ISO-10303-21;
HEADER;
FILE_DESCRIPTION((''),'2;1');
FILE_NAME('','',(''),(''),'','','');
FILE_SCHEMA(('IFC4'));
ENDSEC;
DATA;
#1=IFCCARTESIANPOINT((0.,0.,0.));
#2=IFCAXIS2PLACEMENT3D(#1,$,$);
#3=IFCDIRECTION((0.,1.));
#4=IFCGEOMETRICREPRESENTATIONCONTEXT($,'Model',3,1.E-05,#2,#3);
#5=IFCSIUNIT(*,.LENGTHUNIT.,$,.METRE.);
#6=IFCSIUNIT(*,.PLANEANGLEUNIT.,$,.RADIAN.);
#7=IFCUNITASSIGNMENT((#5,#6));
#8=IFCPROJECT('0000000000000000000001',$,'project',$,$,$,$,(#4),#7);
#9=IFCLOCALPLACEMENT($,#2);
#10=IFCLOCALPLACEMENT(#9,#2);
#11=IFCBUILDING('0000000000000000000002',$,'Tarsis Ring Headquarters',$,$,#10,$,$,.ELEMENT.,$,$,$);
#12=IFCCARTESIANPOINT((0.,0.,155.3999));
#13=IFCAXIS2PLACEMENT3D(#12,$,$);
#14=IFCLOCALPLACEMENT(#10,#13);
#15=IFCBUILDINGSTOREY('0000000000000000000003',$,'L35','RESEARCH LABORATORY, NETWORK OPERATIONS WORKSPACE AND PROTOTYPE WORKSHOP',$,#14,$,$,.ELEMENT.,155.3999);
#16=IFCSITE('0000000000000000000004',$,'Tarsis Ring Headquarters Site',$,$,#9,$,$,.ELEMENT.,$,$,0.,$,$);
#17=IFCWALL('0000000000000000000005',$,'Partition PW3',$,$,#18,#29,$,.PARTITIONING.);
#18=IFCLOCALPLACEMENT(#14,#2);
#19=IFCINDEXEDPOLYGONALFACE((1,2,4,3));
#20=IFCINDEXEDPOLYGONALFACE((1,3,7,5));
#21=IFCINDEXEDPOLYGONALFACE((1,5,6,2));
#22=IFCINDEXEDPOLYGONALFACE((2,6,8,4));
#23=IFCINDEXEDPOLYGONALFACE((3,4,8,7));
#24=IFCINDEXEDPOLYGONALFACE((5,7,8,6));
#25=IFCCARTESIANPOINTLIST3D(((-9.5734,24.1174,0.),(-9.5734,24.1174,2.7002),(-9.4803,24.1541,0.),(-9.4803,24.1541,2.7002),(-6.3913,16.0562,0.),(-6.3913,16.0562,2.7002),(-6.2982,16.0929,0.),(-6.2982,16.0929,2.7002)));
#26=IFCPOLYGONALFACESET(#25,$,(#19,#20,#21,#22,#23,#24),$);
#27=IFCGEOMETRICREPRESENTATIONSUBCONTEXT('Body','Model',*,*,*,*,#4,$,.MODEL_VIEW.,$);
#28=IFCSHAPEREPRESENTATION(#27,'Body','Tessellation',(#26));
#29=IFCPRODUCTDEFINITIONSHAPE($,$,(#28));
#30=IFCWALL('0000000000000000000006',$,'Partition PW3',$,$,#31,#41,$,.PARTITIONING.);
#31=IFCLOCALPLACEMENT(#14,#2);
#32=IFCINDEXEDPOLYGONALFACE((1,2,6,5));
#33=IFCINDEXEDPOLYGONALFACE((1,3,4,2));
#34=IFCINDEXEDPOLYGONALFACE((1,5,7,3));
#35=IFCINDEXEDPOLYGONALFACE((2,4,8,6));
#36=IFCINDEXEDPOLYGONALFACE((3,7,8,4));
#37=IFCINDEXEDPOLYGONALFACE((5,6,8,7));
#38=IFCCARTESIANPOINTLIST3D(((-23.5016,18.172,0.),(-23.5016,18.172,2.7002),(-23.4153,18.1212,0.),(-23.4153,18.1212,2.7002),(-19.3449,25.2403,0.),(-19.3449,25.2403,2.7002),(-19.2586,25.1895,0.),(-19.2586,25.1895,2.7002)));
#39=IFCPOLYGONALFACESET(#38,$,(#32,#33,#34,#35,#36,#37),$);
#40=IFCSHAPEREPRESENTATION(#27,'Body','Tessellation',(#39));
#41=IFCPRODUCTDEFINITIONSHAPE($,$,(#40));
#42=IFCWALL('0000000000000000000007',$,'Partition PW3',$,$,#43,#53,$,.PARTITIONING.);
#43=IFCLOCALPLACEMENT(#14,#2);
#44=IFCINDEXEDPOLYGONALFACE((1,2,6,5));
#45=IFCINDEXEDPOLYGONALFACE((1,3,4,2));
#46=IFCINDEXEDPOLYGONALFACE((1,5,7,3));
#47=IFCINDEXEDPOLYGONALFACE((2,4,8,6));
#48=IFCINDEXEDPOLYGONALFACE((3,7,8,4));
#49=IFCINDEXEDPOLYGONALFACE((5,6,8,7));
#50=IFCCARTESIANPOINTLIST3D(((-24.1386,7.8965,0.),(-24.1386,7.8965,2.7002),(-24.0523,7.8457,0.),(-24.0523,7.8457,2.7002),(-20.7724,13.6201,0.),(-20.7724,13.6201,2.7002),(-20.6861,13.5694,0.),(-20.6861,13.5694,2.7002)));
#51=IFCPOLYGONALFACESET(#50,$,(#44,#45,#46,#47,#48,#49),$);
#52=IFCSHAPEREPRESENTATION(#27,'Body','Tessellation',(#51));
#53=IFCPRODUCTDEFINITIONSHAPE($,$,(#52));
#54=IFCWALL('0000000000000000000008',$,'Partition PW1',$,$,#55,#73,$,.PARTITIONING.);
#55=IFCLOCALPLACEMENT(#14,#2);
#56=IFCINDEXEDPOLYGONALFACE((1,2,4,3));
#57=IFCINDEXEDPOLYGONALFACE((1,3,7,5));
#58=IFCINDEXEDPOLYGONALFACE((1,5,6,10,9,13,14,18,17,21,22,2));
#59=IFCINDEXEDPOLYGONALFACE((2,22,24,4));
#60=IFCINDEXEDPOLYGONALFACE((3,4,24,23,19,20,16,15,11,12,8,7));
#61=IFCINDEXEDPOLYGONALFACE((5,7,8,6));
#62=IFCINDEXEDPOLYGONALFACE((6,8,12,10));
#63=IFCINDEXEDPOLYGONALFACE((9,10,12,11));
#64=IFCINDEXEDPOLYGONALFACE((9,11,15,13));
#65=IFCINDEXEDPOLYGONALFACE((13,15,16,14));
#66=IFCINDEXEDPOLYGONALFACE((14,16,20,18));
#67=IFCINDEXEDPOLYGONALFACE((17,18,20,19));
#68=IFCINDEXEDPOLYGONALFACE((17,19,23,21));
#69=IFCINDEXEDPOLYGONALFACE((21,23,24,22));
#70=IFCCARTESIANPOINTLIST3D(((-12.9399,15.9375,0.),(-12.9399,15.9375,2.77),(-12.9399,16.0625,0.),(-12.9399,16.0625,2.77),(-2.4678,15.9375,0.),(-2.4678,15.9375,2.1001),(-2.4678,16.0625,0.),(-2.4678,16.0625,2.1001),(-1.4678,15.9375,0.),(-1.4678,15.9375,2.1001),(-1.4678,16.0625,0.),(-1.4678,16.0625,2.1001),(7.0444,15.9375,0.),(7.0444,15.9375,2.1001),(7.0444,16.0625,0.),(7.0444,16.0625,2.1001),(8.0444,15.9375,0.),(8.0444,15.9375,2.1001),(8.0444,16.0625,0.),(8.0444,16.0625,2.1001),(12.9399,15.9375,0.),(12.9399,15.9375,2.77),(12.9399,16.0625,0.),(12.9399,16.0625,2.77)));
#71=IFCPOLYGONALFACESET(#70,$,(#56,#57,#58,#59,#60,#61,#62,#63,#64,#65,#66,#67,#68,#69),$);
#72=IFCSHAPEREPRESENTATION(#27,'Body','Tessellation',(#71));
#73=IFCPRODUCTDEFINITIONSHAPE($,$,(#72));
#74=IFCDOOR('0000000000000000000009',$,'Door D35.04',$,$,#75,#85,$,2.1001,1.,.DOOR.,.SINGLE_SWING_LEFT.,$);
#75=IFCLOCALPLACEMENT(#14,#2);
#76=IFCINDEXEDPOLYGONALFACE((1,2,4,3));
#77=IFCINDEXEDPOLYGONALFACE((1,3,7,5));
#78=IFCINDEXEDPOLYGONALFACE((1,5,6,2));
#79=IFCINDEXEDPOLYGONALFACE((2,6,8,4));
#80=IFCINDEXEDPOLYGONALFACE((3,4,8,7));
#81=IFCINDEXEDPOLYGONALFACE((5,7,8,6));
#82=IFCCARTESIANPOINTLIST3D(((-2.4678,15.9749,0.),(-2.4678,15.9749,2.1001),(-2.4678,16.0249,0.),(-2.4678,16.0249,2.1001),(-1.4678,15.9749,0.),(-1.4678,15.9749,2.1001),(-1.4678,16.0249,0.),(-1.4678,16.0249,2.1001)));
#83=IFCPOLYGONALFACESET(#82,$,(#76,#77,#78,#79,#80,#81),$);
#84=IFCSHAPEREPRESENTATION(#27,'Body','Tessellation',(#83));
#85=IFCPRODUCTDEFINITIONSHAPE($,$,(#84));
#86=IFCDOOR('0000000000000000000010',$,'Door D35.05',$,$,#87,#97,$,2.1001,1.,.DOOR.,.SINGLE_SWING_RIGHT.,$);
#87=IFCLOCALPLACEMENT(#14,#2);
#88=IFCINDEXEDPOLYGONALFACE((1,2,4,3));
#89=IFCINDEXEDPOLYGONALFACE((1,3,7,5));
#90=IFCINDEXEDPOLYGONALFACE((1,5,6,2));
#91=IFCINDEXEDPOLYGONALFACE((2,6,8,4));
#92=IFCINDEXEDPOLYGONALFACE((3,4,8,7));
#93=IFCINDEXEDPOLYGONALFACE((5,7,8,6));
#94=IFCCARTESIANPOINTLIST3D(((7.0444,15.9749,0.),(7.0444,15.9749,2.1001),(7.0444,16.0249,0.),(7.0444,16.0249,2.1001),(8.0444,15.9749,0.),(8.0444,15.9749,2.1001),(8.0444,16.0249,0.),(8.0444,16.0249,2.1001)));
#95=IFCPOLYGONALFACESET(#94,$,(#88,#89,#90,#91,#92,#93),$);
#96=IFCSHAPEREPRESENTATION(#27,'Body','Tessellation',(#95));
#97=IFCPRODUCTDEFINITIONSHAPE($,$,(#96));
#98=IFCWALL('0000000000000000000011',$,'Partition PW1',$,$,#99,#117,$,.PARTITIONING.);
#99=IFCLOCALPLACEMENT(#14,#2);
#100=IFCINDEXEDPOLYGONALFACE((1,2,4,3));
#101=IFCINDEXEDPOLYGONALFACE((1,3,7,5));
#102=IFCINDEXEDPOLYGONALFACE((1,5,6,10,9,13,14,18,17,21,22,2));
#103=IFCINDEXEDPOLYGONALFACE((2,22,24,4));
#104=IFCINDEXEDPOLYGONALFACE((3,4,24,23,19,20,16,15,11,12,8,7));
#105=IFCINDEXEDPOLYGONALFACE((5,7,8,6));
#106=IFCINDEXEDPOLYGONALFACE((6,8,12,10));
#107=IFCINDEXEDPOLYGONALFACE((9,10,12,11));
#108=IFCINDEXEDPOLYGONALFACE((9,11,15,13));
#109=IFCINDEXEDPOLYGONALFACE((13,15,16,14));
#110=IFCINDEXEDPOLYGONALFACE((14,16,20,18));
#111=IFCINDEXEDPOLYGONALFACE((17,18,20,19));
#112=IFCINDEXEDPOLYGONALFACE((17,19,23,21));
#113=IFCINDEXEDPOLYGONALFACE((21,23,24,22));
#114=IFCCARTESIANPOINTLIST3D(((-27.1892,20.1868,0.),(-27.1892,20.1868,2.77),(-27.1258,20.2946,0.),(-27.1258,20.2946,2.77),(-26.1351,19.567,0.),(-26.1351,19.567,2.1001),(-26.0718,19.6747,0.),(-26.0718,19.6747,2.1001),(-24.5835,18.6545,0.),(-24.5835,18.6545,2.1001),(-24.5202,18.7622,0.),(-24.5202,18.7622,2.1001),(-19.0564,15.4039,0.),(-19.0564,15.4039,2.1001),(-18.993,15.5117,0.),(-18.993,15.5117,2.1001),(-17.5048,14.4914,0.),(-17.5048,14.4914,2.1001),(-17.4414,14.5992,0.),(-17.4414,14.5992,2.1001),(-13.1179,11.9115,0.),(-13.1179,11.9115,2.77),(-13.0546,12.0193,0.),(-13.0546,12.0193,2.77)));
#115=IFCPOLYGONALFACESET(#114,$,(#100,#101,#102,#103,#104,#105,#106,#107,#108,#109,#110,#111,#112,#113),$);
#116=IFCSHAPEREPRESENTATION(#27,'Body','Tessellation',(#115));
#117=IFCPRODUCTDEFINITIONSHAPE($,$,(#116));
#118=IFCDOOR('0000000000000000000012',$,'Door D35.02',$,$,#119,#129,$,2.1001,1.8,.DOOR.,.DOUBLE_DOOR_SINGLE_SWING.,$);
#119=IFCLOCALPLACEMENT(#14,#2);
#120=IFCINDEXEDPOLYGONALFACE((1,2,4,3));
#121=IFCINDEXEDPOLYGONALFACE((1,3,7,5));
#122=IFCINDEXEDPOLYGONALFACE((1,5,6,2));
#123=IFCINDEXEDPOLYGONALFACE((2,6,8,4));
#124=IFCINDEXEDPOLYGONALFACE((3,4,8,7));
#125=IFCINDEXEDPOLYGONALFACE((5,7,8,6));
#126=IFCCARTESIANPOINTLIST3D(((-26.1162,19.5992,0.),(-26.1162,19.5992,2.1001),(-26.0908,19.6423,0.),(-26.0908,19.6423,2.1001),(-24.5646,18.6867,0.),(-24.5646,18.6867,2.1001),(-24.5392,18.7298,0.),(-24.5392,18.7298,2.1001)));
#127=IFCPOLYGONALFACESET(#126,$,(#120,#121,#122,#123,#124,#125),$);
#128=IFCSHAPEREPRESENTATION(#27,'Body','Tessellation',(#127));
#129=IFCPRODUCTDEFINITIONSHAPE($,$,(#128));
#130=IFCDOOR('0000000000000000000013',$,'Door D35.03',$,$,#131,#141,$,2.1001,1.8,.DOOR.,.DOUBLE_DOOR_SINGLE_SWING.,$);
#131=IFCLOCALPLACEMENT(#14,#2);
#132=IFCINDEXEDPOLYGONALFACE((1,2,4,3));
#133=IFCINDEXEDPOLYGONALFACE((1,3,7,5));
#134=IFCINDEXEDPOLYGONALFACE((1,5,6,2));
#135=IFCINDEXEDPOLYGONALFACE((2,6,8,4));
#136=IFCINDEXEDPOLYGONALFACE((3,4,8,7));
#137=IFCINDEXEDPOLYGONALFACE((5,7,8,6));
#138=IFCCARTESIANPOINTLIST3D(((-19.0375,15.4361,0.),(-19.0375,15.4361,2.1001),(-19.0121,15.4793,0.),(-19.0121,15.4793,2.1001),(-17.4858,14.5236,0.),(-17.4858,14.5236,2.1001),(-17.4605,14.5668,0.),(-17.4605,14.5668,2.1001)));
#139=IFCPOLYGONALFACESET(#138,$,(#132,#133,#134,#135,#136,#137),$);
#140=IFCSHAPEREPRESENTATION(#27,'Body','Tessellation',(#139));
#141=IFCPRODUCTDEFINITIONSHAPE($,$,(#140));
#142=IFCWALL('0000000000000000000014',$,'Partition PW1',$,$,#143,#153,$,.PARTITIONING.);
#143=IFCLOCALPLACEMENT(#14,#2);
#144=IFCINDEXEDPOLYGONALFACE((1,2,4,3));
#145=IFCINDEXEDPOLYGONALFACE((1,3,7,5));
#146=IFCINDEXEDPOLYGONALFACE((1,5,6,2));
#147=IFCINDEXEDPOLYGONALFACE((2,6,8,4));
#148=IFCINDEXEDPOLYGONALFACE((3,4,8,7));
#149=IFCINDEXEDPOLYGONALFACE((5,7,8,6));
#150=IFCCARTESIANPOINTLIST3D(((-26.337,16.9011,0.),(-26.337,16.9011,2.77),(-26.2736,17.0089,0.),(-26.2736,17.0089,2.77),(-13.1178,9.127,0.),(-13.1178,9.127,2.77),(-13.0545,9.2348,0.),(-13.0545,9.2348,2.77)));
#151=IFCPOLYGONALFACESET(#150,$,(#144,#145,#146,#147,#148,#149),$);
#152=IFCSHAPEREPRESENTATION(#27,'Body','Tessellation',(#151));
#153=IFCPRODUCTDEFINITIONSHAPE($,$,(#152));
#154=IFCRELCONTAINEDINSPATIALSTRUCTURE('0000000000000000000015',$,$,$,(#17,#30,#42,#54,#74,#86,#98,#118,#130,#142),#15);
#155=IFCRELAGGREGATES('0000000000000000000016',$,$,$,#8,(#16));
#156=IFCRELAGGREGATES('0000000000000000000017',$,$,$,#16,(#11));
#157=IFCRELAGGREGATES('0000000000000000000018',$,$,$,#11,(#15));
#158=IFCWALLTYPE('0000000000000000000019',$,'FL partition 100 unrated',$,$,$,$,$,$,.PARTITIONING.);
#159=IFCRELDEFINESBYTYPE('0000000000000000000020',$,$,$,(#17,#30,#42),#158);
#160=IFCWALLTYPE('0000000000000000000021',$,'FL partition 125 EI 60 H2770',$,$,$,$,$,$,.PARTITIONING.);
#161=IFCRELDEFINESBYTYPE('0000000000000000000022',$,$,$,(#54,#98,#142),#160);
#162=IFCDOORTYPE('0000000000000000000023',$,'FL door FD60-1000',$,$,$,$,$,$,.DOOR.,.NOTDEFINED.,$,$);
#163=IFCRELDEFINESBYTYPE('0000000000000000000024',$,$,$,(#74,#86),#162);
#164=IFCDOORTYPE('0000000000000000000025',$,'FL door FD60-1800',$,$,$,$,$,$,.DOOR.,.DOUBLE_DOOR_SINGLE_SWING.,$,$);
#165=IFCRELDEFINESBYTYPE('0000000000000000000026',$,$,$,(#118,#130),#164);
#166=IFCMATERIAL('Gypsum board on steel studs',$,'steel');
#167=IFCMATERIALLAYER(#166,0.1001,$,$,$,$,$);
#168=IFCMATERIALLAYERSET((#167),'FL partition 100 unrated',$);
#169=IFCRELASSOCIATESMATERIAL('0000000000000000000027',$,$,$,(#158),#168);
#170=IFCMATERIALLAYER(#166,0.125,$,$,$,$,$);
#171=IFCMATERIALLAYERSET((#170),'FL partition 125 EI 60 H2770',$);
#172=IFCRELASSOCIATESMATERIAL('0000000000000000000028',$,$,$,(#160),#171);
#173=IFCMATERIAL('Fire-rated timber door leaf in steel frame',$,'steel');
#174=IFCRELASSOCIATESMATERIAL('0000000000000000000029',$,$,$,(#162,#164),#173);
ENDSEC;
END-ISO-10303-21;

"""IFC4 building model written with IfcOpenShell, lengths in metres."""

from ifc_helpers import new_model, si_unit, direction, frame, frame_2d, origin, place, context, subcontext, project, spatial, rectangle, extrude, material, layer, layer_set, type_object, element, fill, save


model = new_model("IFC4")

# Units and contexts
model_context = context("Model", 3, precision=1e-05, world=origin(), true_north=direction((0.0, 1.0)))
body_context = subcontext(model_context, "Body", "Model", "MODEL_VIEW")
ifc_project = project(units=[si_unit("LENGTHUNIT", "METRE"), si_unit("PLANEANGLEUNIT", "RADIAN")], contexts=[model_context])

# Site, building, storey
site_placement = place(None, origin())
site = spatial("IfcSite", under=ifc_project, at=site_placement, Name="Tarsis Ring Headquarters Site", CompositionType="ELEMENT", RefElevation=0.0)
building_placement = place(site_placement, origin())
building = spatial("IfcBuilding", under=site, at=building_placement, Name="Tarsis Ring Headquarters", CompositionType="ELEMENT")
storey_placement = place(building_placement, frame((0.0, 0.0, 155.3999)))
storey = spatial("IfcBuildingStorey", under=building, at=storey_placement, Name="L35", Description="RESEARCH LABORATORY, NETWORK OPERATIONS WORKSPACE AND PROTOTYPE WORKSHOP", CompositionType="ELEMENT", Elevation=155.3999)

# Walls
ifc_material_1 = material(Name="Gypsum board on steel studs", Category="steel")
ifc_layer_1 = layer(ifc_material_1, 0.1001)
ifc_layer_set_1 = layer_set([ifc_layer_1], Name="FL partition 100 unrated")
wall_type_1 = type_object("IfcWallType", Name="FL partition 100 unrated", PredefinedType="PARTITIONING", material=ifc_layer_set_1)
wall_1_placement = place(storey_placement, frame((-9.5269, 24.1357, 0.0), z_axis=(0.0, 0.0, 1.0), x_axis=(0.367171, -0.930153, 0.0)))
element("IfcWall", 1, at=wall_1_placement, inside=storey, type_object=wall_type_1, Name="Partition PW3", PredefinedType="PARTITIONING", context=body_context, shape_type="SweptSolid", body=[
    extrude(rectangle(XDim=8.6665, YDim=0.1001, at=frame_2d((4.3333, 0.0))), origin(), (0.0, 0.0, 1.0), 2.7002),
])
wall_2_placement = place(storey_placement, frame((-23.4585, 18.1465, 0.0), z_axis=(0.0, 0.0, 1.0), x_axis=(0.506919, 0.861994, 0.0)))
element("IfcWall", 2, at=wall_2_placement, inside=storey, type_object=wall_type_1, Name="Partition PW3", PredefinedType="PARTITIONING", context=body_context, shape_type="SweptSolid", body=[
    extrude(rectangle(XDim=8.2, YDim=0.1001, at=frame_2d((4.1001, 0.0))), origin(), (0.0, 0.0, 1.0), 2.7002),
])
wall_3_placement = place(storey_placement, frame((-24.0955, 7.8711, 0.0), z_axis=(0.0, 0.0, 1.0), x_axis=(0.506949, 0.861976, 0.0)))
element("IfcWall", 3, at=wall_3_placement, inside=storey, type_object=wall_type_1, Name="Partition PW3", PredefinedType="PARTITIONING", context=body_context, shape_type="SweptSolid", body=[
    extrude(rectangle(XDim=6.6401, YDim=0.1001, at=frame_2d((3.3201, 0.0))), origin(), (0.0, 0.0, 1.0), 2.7002),
])

# Walls, openings, doors
ifc_layer_2 = layer(ifc_material_1, 0.125)
ifc_layer_set_2 = layer_set([ifc_layer_2], Name="FL partition 125 EI 60 H2770")
wall_type_2 = type_object("IfcWallType", Name="FL partition 125 EI 60 H2770", PredefinedType="PARTITIONING", material=ifc_layer_set_2)
wall_4_placement = place(storey_placement, frame((-12.9399, 16.0, 0.0), z_axis=(0.0, 0.0, 1.0), x_axis=(1.0, 0.0, 0.0)))
wall_4 = element("IfcWall", 4, at=wall_4_placement, inside=storey, type_object=wall_type_2, Name="Partition PW1", PredefinedType="PARTITIONING", context=body_context, shape_type="SweptSolid", body=[
    extrude(rectangle(XDim=25.8799, YDim=0.125, at=frame_2d((12.9399, 0.0))), origin(), (0.0, 0.0, 1.0), 2.77),
])
opening_1_placement = place(wall_4_placement, frame((10.4722, 0.0, 0.0)))
opening_1 = element("IfcOpeningElement", 5, at=opening_1_placement, cuts=wall_4, PredefinedType="OPENING", context=body_context, shape_type="SweptSolid", body=[
    extrude(rectangle(XDim=1.0, YDim=2.1001, at=frame_2d((0.5, 1.05))), frame((0.0, 0.0725, 0.0), z_axis=(0.0, -1.0, 0.0), x_axis=(1.0, 0.0, 0.0)), (0.0, 0.0, 1.0), 0.145),
])
opening_2_placement = place(wall_4_placement, frame((19.9844, 0.0, 0.0)))
opening_2 = element("IfcOpeningElement", 6, at=opening_2_placement, cuts=wall_4, PredefinedType="OPENING", context=body_context, shape_type="SweptSolid", body=[
    extrude(rectangle(XDim=1.0, YDim=2.1001, at=frame_2d((0.5, 1.05))), frame((0.0, 0.0725, 0.0), z_axis=(0.0, -1.0, 0.0), x_axis=(1.0, 0.0, 0.0)), (0.0, 0.0, 1.0), 0.145),
])
ifc_material_2 = material(Name="Fire-rated timber door leaf in steel frame", Category="steel")
door_type_1 = type_object("IfcDoorType", Name="FL door FD60-1000", OperationType="NOTDEFINED", PredefinedType="DOOR", material=ifc_material_2)
door_1_placement = place(opening_1_placement, origin())
door_1 = element("IfcDoor", 7, at=door_1_placement, inside=storey, type_object=door_type_1, Name="Door D35.04", OperationType="SINGLE_SWING_LEFT", OverallHeight=2.1001, OverallWidth=1.0, PredefinedType="DOOR", context=body_context, shape_type="SweptSolid", body=[
    extrude(rectangle(XDim=1.0, YDim=2.1001, at=frame_2d((0.5, 1.05))), frame((0.0, 0.0249, 0.0), z_axis=(0.0, -1.0, 0.0), x_axis=(1.0, 0.0, 0.0)), (0.0, 0.0, 1.0), 0.05),
])
fill(opening_1, door_1)
door_2_placement = place(opening_2_placement, origin())
door_2 = element("IfcDoor", 8, at=door_2_placement, inside=storey, type_object=door_type_1, Name="Door D35.05", OperationType="SINGLE_SWING_RIGHT", OverallHeight=2.1001, OverallWidth=1.0, PredefinedType="DOOR", context=body_context, shape_type="SweptSolid", body=[
    extrude(rectangle(XDim=1.0, YDim=2.1001, at=frame_2d((0.5, 1.05))), frame((0.0, 0.0249, 0.0), z_axis=(0.0, -1.0, 0.0), x_axis=(1.0, 0.0, 0.0)), (0.0, 0.0, 1.0), 0.05),
])
fill(opening_2, door_2)
wall_5_placement = place(storey_placement, frame((-27.1575, 20.2407, 0.0), z_axis=(0.0, 0.0, 1.0), x_axis=(0.861983, -0.506936, 0.0)))
wall_5 = element("IfcWall", 9, at=wall_5_placement, inside=storey, type_object=wall_type_2, Name="Partition PW1", PredefinedType="PARTITIONING", context=body_context, shape_type="SweptSolid", body=[
    extrude(rectangle(XDim=16.3242, YDim=0.125, at=frame_2d((8.1621, 0.0))), origin(), (0.0, 0.0, 1.0), 2.77),
])
opening_3_placement = place(wall_5_placement, frame((1.2229, 0.0, 0.0)))
opening_3 = element("IfcOpeningElement", 10, at=opening_3_placement, cuts=wall_5, PredefinedType="OPENING", context=body_context, shape_type="SweptSolid", body=[
    extrude(rectangle(XDim=1.8, YDim=2.1001, at=frame_2d((0.8999, 1.05))), frame((0.0, 0.0725, 0.0), z_axis=(0.0, -1.0, 0.0), x_axis=(1.0, 0.0, 0.0)), (0.0, 0.0, 1.0), 0.145),
])
opening_4_placement = place(wall_5_placement, frame((9.4351, 0.0, 0.0)))
opening_4 = element("IfcOpeningElement", 11, at=opening_4_placement, cuts=wall_5, PredefinedType="OPENING", context=body_context, shape_type="SweptSolid", body=[
    extrude(rectangle(XDim=1.8, YDim=2.1001, at=frame_2d((0.8999, 1.05))), frame((0.0, 0.0725, 0.0), z_axis=(0.0, -1.0, 0.0), x_axis=(1.0, 0.0, 0.0)), (0.0, 0.0, 1.0), 0.145),
])
door_type_2 = type_object("IfcDoorType", Name="FL door FD60-1800", OperationType="DOUBLE_DOOR_SINGLE_SWING", PredefinedType="DOOR", material=ifc_material_2)
door_3_placement = place(opening_3_placement, origin())
door_3 = element("IfcDoor", 12, at=door_3_placement, inside=storey, type_object=door_type_2, Name="Door D35.02", OperationType="DOUBLE_DOOR_SINGLE_SWING", OverallHeight=2.1001, OverallWidth=1.8, PredefinedType="DOOR", context=body_context, shape_type="SweptSolid", body=[
    extrude(rectangle(XDim=1.8, YDim=2.1001, at=frame_2d((0.8999, 1.05))), frame((0.0, 0.0249, 0.0), z_axis=(0.0, -1.0, 0.0), x_axis=(1.0, 0.0, 0.0)), (0.0, 0.0, 1.0), 0.05),
])
fill(opening_3, door_3)
door_4_placement = place(opening_4_placement, origin())
door_4 = element("IfcDoor", 13, at=door_4_placement, inside=storey, type_object=door_type_2, Name="Door D35.03", OperationType="DOUBLE_DOOR_SINGLE_SWING", OverallHeight=2.1001, OverallWidth=1.8, PredefinedType="DOOR", context=body_context, shape_type="SweptSolid", body=[
    extrude(rectangle(XDim=1.8, YDim=2.1001, at=frame_2d((0.8999, 1.05))), frame((0.0, 0.0249, 0.0), z_axis=(0.0, -1.0, 0.0), x_axis=(1.0, 0.0, 0.0)), (0.0, 0.0, 1.0), 0.05),
])
fill(opening_4, door_4)

# Wall
wall_6_placement = place(storey_placement, frame((-26.3054, 16.9551, 0.0), z_axis=(0.0, 0.0, 1.0), x_axis=(0.861987, -0.50693, 0.0)))
element("IfcWall", 14, at=wall_6_placement, inside=storey, type_object=wall_type_2, Name="Partition PW1", PredefinedType="PARTITIONING", context=body_context, shape_type="SweptSolid", body=[
    extrude(rectangle(XDim=15.3357, YDim=0.125, at=frame_2d((7.668, 0.0))), origin(), (0.0, 0.0, 1.0), 2.77),
])

save(model, "model.ifc")
